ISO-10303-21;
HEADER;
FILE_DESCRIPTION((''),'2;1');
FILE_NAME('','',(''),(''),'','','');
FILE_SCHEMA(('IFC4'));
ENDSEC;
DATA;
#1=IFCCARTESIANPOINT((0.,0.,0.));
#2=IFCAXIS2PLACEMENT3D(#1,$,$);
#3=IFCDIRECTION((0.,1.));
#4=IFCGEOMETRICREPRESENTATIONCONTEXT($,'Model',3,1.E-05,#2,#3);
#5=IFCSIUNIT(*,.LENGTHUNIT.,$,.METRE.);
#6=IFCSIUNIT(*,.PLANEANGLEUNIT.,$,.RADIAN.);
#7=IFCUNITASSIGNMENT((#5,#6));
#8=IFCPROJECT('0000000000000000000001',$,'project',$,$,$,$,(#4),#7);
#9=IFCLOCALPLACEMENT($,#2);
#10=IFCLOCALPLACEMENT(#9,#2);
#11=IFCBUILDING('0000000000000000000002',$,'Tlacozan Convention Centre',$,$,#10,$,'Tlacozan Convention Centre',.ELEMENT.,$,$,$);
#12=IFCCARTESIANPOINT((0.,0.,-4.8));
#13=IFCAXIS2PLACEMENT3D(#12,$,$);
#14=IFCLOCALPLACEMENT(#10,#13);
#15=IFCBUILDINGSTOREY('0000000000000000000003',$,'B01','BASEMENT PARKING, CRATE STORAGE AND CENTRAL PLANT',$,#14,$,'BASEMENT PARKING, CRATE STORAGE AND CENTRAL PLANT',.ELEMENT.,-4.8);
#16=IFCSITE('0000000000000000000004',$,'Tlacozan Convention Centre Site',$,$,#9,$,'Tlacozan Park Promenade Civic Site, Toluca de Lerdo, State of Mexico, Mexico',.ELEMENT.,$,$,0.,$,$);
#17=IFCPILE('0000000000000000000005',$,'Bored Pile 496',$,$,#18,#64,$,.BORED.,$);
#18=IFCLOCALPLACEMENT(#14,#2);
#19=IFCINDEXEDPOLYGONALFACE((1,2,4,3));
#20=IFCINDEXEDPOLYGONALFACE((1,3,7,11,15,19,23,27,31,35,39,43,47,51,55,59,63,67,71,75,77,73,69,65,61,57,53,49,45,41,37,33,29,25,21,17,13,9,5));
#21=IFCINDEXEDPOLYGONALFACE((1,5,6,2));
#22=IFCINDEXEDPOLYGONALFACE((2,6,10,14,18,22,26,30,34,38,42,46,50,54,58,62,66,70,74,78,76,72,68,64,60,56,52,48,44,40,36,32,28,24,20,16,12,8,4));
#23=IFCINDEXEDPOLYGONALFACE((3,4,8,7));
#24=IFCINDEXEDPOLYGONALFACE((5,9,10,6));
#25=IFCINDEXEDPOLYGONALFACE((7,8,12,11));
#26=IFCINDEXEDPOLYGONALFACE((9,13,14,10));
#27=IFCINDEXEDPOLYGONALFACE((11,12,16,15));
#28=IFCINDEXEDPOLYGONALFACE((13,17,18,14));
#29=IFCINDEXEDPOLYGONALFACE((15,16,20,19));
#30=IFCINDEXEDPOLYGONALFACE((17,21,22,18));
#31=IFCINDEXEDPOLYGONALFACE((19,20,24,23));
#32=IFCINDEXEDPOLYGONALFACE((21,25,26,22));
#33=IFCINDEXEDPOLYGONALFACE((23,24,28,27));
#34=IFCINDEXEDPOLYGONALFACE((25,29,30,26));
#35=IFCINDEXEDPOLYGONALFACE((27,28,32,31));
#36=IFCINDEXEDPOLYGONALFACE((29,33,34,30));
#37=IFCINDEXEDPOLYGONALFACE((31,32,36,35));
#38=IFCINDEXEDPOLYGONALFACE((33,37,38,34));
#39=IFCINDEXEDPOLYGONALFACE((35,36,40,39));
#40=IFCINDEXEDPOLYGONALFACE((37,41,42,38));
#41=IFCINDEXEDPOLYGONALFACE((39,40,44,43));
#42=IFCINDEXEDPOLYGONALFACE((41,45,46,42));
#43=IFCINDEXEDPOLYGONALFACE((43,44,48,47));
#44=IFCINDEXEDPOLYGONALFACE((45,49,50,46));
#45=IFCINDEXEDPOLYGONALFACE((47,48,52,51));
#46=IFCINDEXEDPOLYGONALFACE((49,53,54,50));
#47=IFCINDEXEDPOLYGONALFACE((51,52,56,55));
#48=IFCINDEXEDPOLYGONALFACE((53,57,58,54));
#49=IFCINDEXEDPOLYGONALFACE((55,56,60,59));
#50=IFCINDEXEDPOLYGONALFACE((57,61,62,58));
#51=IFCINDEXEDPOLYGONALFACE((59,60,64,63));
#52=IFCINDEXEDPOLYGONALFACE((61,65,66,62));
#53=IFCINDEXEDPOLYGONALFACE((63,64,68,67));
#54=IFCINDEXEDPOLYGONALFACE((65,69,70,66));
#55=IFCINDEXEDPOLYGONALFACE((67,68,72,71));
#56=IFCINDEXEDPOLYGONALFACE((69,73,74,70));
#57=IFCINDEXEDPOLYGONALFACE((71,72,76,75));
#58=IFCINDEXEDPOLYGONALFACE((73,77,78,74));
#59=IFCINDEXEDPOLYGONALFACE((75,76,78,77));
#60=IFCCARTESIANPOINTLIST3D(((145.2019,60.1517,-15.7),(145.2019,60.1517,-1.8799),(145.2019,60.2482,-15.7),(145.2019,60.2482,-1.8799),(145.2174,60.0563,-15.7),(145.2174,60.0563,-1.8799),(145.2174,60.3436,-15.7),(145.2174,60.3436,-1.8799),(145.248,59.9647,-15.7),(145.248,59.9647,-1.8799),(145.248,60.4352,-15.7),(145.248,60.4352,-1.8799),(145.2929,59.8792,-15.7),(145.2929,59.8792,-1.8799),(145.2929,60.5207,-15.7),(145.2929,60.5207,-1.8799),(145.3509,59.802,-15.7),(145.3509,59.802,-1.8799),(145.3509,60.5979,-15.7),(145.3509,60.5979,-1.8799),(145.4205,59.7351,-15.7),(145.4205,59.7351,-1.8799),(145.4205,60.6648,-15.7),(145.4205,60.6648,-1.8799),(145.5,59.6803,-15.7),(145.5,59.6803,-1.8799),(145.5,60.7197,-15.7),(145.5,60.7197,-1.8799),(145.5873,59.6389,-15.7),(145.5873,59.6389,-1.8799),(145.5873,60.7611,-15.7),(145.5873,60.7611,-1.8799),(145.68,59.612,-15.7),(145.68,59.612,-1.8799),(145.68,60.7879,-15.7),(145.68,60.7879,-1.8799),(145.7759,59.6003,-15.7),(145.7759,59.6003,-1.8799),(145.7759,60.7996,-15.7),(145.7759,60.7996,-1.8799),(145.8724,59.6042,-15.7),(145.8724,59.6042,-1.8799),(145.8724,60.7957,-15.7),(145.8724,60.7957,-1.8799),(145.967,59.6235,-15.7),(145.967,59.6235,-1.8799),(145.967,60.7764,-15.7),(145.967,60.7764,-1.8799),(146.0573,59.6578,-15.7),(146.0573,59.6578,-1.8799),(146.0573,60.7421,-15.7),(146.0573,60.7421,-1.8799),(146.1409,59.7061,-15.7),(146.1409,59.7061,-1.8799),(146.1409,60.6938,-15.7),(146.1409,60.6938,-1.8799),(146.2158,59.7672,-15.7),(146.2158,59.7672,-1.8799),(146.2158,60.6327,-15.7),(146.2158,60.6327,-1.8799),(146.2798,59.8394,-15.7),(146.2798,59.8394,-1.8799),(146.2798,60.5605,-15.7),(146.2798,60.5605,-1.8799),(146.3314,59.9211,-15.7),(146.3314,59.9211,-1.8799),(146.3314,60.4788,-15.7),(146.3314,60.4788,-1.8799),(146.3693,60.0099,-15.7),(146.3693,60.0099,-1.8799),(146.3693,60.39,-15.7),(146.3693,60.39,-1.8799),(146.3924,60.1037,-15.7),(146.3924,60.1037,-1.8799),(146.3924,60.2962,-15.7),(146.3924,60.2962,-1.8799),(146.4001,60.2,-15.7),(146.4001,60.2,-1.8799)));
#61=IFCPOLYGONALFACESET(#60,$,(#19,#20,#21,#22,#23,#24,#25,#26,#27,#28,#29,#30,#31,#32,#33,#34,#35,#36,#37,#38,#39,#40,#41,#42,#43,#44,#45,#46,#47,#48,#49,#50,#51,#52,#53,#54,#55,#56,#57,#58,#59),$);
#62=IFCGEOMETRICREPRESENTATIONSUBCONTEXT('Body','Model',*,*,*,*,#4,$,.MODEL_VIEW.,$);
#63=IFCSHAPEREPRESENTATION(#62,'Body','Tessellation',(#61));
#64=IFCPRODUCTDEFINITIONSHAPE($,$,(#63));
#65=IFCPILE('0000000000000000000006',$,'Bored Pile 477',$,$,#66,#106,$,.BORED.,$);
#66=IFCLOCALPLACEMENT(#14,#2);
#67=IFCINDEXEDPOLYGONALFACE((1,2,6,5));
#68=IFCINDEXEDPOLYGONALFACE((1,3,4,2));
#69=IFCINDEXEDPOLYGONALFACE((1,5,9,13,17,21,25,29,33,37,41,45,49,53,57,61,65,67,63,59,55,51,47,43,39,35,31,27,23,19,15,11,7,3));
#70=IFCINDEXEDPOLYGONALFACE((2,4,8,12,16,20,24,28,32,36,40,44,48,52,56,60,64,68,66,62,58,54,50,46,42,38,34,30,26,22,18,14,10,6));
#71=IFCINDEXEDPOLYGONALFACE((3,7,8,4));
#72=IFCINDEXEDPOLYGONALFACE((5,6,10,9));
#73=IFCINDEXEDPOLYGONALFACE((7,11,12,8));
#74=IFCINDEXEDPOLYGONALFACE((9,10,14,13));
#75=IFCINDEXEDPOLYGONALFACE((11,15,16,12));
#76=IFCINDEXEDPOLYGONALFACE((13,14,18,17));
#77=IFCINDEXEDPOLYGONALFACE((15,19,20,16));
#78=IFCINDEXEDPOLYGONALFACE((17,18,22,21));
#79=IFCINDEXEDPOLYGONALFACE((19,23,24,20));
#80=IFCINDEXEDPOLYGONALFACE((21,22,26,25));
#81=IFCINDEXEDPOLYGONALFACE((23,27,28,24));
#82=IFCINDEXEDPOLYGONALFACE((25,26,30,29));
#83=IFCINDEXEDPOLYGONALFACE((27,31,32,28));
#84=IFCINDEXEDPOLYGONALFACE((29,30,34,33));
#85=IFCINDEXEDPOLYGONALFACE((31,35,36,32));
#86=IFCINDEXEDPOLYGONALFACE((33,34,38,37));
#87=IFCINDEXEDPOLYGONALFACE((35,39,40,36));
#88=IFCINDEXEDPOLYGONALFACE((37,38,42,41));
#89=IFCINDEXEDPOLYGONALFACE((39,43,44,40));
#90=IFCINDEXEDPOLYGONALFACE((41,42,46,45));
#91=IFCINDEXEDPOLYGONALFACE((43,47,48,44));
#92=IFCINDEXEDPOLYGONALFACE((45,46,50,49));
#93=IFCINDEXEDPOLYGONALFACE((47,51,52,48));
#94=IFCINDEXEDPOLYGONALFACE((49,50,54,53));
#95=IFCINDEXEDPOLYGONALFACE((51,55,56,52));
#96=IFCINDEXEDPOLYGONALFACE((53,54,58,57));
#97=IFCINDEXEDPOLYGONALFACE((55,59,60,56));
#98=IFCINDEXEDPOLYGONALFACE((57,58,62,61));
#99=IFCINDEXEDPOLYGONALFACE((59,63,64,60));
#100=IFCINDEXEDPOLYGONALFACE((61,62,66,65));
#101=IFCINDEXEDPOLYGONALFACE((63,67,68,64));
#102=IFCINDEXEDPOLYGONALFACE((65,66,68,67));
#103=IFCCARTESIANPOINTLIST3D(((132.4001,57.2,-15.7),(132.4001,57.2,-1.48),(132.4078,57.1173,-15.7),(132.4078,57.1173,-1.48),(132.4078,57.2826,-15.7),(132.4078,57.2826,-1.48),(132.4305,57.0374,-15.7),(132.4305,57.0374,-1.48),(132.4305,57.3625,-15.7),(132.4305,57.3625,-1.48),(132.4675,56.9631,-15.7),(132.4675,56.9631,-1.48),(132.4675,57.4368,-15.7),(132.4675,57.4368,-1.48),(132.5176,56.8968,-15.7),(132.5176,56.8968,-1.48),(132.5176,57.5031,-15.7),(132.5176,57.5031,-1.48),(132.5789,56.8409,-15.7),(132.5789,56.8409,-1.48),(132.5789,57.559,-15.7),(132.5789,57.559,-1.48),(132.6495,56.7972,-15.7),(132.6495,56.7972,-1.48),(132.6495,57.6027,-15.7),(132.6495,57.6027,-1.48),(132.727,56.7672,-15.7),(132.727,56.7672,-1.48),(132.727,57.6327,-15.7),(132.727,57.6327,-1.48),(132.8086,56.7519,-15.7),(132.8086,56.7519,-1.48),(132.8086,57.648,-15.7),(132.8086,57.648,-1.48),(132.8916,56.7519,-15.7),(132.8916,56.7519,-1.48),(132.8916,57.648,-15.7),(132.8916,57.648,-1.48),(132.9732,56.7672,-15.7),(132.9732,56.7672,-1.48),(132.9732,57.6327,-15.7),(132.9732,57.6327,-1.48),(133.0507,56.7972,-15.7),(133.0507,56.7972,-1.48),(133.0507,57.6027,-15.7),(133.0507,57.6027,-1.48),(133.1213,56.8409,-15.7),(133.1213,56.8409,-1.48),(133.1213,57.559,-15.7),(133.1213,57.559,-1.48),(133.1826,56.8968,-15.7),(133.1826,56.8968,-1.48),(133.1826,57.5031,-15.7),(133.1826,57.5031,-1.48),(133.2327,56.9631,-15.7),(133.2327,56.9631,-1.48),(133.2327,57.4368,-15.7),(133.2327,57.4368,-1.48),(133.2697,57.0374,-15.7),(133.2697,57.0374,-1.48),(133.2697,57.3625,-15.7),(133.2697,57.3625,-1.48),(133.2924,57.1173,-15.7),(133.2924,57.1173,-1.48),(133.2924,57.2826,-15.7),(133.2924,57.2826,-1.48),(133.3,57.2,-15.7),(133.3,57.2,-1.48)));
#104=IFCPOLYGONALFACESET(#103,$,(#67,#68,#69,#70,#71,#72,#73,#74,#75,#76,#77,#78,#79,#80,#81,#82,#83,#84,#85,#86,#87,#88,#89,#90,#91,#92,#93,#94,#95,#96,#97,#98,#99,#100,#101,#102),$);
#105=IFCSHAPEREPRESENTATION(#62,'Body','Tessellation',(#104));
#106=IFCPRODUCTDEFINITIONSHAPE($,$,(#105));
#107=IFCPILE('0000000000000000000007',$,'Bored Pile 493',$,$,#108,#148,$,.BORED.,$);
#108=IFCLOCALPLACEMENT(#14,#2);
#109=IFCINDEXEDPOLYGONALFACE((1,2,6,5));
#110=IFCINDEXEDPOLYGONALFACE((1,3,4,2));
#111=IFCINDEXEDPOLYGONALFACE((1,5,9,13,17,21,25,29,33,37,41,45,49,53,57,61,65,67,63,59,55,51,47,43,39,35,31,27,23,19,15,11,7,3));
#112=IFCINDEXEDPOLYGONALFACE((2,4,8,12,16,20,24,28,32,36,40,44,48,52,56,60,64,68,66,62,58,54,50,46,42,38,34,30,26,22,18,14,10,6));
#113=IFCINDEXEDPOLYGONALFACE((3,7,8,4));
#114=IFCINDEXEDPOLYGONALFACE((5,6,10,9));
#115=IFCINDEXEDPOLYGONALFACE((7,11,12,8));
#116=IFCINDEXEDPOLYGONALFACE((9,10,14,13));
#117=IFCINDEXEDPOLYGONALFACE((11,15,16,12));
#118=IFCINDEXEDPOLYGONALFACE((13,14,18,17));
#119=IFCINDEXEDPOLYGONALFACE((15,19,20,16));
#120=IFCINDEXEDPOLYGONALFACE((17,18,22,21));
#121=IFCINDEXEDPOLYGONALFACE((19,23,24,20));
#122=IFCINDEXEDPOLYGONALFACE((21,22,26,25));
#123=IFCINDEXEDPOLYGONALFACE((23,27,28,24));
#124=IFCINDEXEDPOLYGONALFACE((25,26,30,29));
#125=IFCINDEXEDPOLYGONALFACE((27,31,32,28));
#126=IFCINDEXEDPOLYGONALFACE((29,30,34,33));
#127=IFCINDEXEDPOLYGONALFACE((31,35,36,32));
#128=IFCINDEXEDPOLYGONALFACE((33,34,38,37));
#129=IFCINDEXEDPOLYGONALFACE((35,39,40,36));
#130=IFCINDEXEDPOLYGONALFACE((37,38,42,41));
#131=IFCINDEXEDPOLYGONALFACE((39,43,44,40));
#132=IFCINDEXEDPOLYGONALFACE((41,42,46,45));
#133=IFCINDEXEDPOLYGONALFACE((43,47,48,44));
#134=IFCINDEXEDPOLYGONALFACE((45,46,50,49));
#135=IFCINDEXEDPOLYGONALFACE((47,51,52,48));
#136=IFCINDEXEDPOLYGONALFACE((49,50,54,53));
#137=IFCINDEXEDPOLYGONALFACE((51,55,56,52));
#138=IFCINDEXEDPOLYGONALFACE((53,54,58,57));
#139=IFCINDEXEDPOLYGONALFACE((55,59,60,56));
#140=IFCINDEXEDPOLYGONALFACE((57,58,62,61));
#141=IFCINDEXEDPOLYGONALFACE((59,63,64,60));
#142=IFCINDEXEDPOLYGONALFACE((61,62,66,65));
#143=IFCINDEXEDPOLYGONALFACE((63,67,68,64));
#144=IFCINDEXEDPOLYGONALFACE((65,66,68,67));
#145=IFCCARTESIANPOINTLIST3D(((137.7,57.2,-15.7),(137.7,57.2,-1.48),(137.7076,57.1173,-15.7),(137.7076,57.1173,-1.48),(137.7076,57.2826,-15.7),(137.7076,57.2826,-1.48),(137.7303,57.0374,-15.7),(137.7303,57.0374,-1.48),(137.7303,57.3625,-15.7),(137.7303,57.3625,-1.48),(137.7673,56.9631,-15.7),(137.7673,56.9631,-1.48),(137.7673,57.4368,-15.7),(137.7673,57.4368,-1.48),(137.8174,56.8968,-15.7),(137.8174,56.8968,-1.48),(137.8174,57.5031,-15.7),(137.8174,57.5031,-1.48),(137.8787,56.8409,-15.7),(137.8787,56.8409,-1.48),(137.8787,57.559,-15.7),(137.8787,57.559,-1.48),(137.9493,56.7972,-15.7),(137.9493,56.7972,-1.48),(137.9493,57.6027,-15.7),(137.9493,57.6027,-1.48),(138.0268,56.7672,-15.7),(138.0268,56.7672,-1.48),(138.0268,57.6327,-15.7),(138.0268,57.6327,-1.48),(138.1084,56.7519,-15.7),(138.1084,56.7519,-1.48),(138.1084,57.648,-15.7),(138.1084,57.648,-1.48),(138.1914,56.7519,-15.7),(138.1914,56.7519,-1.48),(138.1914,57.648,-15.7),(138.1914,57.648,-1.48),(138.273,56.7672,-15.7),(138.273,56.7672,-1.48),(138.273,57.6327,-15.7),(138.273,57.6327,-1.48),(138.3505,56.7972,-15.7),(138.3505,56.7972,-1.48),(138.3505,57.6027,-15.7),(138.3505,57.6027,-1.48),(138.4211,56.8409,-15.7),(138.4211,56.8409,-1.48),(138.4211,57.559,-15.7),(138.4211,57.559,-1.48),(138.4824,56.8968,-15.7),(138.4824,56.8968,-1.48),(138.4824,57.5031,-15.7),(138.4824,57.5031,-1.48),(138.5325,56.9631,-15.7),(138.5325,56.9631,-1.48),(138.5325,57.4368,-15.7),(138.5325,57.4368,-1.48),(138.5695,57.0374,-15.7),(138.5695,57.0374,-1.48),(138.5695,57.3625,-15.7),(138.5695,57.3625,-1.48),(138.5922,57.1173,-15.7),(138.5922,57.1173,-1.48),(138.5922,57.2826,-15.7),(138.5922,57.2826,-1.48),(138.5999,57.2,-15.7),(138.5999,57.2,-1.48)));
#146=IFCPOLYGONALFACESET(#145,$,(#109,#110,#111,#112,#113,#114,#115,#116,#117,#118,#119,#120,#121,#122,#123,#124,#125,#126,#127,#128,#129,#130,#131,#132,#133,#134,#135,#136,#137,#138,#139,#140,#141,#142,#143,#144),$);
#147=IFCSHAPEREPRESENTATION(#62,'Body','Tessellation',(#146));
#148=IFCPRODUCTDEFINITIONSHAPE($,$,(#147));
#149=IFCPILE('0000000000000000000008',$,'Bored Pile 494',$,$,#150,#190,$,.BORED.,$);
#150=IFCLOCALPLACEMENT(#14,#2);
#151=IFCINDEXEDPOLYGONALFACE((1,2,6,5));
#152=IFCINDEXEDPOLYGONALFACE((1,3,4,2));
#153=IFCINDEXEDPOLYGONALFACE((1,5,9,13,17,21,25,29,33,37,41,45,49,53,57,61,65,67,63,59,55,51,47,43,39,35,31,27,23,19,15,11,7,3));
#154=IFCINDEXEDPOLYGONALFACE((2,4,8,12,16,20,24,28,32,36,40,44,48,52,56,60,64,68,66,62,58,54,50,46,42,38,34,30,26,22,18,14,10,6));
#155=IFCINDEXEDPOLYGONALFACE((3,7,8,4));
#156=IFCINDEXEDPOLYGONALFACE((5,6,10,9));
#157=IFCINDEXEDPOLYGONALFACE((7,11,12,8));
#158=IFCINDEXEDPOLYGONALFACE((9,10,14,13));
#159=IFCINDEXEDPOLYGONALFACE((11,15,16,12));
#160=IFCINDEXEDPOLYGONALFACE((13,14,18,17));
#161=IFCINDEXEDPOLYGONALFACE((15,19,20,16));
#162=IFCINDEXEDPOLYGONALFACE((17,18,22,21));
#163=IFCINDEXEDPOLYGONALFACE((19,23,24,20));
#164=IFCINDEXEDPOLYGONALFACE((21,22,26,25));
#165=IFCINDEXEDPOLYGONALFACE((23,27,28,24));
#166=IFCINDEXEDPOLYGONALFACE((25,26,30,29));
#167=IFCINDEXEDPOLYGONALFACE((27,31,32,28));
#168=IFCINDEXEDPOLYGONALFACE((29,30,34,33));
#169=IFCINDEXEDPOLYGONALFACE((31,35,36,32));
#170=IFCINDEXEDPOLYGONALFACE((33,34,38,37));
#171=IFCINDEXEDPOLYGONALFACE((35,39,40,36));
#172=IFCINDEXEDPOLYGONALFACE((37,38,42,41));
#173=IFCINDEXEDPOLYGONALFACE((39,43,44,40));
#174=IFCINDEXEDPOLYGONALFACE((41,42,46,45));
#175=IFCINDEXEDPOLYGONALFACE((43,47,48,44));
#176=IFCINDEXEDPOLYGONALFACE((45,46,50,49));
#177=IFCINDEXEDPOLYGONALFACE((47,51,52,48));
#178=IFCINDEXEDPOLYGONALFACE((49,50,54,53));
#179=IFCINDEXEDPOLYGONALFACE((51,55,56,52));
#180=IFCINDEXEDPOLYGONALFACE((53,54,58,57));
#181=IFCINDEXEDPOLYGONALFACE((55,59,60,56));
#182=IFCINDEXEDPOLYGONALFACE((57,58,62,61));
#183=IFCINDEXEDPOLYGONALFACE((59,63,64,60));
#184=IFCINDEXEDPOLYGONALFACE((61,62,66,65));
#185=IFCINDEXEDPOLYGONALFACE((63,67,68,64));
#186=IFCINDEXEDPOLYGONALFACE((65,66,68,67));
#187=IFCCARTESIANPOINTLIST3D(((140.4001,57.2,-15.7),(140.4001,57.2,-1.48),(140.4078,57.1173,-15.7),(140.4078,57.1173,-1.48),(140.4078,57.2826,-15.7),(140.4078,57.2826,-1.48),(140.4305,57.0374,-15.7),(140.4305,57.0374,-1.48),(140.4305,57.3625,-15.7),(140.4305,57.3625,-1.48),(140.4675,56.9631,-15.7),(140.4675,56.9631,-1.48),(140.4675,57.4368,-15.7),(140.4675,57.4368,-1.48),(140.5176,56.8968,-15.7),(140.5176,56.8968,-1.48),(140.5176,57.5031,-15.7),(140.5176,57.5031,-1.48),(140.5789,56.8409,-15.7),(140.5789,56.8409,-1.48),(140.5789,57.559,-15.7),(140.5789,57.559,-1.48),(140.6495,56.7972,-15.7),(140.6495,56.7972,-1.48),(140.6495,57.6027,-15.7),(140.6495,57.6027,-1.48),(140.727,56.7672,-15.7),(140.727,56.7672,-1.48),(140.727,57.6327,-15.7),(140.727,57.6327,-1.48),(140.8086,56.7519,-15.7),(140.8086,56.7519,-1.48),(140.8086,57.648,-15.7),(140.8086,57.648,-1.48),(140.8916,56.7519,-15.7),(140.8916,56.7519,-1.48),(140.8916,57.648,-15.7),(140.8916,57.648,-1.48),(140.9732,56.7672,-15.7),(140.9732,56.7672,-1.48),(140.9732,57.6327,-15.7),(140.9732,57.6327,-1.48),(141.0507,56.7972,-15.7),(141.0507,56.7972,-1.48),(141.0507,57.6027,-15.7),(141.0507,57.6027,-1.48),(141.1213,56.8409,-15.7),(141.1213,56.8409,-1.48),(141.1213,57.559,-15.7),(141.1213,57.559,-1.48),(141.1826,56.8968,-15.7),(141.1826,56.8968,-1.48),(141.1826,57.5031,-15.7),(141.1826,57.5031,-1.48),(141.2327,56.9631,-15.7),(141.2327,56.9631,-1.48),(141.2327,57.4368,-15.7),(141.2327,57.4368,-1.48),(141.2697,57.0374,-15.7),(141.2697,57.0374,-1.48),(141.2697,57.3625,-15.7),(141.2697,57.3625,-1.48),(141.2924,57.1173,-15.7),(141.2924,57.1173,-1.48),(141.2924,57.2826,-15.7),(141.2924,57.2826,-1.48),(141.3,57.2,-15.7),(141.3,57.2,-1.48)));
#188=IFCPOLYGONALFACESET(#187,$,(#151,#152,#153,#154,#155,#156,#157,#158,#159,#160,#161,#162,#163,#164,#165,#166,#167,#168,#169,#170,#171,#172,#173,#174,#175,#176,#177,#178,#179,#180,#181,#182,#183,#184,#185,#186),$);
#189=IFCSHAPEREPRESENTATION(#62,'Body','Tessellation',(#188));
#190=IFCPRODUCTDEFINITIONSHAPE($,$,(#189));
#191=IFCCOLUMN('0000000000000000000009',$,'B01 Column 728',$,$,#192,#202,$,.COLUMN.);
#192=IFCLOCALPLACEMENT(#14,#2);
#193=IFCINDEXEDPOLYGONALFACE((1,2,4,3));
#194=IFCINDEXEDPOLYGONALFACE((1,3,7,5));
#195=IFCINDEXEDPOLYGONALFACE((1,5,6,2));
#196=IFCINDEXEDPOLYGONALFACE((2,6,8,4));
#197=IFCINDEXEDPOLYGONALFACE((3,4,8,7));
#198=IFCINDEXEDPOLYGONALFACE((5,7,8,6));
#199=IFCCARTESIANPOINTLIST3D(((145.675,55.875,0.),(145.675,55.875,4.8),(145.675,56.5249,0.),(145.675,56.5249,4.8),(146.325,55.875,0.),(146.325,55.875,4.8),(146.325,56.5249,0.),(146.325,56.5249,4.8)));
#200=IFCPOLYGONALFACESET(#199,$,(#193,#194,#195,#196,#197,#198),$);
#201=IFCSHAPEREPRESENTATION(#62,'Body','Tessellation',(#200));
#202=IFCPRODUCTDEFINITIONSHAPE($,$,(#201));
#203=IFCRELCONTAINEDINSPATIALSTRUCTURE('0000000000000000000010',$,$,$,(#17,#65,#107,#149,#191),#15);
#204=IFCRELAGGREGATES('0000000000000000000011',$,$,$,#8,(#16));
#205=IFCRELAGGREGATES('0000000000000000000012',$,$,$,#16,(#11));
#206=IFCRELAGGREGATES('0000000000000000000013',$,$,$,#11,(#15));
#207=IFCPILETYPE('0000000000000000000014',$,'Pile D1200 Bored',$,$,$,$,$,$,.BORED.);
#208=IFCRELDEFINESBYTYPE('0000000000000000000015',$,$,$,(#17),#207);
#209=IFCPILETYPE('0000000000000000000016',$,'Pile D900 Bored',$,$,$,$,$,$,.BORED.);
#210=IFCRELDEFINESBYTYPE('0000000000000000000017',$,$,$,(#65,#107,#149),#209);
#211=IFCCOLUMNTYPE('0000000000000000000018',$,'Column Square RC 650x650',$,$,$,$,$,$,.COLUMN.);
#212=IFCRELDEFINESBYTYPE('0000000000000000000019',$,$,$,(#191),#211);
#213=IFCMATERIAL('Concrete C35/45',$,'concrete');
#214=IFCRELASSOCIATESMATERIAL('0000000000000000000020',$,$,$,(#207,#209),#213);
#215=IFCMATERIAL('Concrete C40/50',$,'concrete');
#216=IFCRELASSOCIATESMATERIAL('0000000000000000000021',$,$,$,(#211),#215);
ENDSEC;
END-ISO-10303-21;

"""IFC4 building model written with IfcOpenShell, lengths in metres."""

from ifc_helpers import new_model, si_unit, direction, frame, origin, origin_2d, place, context, subcontext, project, spatial, rectangle, circle, extrude, material, material_profile, profile_set, type_object, element, save


model = new_model("IFC4")

# Units and contexts
model_context = context("Model", 3, precision=1e-05, world=origin(), true_north=direction((0.0, 1.0)))
body_context = subcontext(model_context, "Body", "Model", "MODEL_VIEW")
ifc_project = project(units=[si_unit("LENGTHUNIT", "METRE"), si_unit("PLANEANGLEUNIT", "RADIAN")], contexts=[model_context])

# Site, building, storey
site_placement = place(None, origin())
site = spatial("IfcSite", under=ifc_project, at=site_placement, Name="Tlacozan Convention Centre Site", LongName="Tlacozan Park Promenade Civic Site, Toluca de Lerdo, State of Mexico, Mexico", CompositionType="ELEMENT", RefElevation=0.0)
building_placement = place(site_placement, origin())
building = spatial("IfcBuilding", under=site, at=building_placement, Name="Tlacozan Convention Centre", LongName="Tlacozan Convention Centre", CompositionType="ELEMENT")
storey_placement = place(building_placement, frame((0.0, 0.0, -4.8)))
storey = spatial("IfcBuildingStorey", under=building, at=storey_placement, Name="B01", Description="BASEMENT PARKING, CRATE STORAGE AND CENTRAL PLANT", LongName="BASEMENT PARKING, CRATE STORAGE AND CENTRAL PLANT", CompositionType="ELEMENT", Elevation=-4.8)

# Shared definitions
ifc_material_1 = material(Name="Concrete C35/45", Category="concrete")

# Piles
ifc_material_profile_1 = material_profile(ifc_material_1, circle(Radius=0.6001, at=origin_2d()), Name="PILE D1200")
ifc_profile_set_1 = profile_set([ifc_material_profile_1], Name="Concrete C35/45")
pile_type_1 = type_object("IfcPileType", Name="Pile D1200 Bored", PredefinedType="BORED", material=ifc_profile_set_1)
for number, where, z_axis, x_axis, name in (
    (1, (145.8, 60.2, -1.8799), (0.0, 0.0, -1.0), (1.0, 0.0, 0.0), "Bored Pile 496"),
):
    element("IfcPile", number, at=place(storey_placement, frame(where, z_axis=z_axis, x_axis=x_axis)), inside=storey, type_object=pile_type_1, Name=name, PredefinedType="BORED", context=body_context, shape_type="SweptSolid", body=[
        extrude(circle(Radius=0.6001, at=origin_2d()), origin(), (0.0, 0.0, 1.0), 13.8201),
    ])
ifc_material_profile_2 = material_profile(ifc_material_1, circle(Radius=0.45, at=origin_2d()), Name="PILE D900")
ifc_profile_set_2 = profile_set([ifc_material_profile_2], Name="Concrete C35/45")
pile_type_2 = type_object("IfcPileType", Name="Pile D900 Bored", PredefinedType="BORED", material=ifc_profile_set_2)
for number, where, z_axis, x_axis, name in (
    (2, (132.8501, 57.2, -1.48), (0.0, 0.0, -1.0), (1.0, 0.0, 0.0), "Bored Pile 477"),
    (3, (138.1499, 57.2, -1.48), (0.0, 0.0, -1.0), (1.0, 0.0, 0.0), "Bored Pile 493"),
    (4, (140.8501, 57.2, -1.48), (0.0, 0.0, -1.0), (1.0, 0.0, 0.0), "Bored Pile 494"),
):
    element("IfcPile", number, at=place(storey_placement, frame(where, z_axis=z_axis, x_axis=x_axis)), inside=storey, type_object=pile_type_2, Name=name, PredefinedType="BORED", context=body_context, shape_type="SweptSolid", body=[
        extrude(circle(Radius=0.45, at=origin_2d()), origin(), (0.0, 0.0, 1.0), 14.22),
    ])

# Column
ifc_material_2 = material(Name="Concrete C40/50", Category="concrete")
ifc_material_profile_3 = material_profile(ifc_material_2, rectangle(XDim=0.6499, YDim=0.6499, at=origin_2d()), Name="RC 650x650")
ifc_profile_set_3 = profile_set([ifc_material_profile_3], Name="Concrete C40/50")
column_type_1 = type_object("IfcColumnType", Name="Column Square RC 650x650", PredefinedType="COLUMN", material=ifc_profile_set_3)
column_placement = place(storey_placement, frame((146.0, 56.2, 0.0), z_axis=(0.0, 0.0, 1.0), x_axis=(1.0, 0.0, 0.0)))
element("IfcColumn", 5, at=column_placement, inside=storey, type_object=column_type_1, Name="B01 Column 728", PredefinedType="COLUMN", context=body_context, shape_type="SweptSolid", body=[
    extrude(rectangle(XDim=0.6499, YDim=0.6499, at=origin_2d()), origin(), (0.0, 0.0, 1.0), 4.8),
])

save(model, "model.ifc")
